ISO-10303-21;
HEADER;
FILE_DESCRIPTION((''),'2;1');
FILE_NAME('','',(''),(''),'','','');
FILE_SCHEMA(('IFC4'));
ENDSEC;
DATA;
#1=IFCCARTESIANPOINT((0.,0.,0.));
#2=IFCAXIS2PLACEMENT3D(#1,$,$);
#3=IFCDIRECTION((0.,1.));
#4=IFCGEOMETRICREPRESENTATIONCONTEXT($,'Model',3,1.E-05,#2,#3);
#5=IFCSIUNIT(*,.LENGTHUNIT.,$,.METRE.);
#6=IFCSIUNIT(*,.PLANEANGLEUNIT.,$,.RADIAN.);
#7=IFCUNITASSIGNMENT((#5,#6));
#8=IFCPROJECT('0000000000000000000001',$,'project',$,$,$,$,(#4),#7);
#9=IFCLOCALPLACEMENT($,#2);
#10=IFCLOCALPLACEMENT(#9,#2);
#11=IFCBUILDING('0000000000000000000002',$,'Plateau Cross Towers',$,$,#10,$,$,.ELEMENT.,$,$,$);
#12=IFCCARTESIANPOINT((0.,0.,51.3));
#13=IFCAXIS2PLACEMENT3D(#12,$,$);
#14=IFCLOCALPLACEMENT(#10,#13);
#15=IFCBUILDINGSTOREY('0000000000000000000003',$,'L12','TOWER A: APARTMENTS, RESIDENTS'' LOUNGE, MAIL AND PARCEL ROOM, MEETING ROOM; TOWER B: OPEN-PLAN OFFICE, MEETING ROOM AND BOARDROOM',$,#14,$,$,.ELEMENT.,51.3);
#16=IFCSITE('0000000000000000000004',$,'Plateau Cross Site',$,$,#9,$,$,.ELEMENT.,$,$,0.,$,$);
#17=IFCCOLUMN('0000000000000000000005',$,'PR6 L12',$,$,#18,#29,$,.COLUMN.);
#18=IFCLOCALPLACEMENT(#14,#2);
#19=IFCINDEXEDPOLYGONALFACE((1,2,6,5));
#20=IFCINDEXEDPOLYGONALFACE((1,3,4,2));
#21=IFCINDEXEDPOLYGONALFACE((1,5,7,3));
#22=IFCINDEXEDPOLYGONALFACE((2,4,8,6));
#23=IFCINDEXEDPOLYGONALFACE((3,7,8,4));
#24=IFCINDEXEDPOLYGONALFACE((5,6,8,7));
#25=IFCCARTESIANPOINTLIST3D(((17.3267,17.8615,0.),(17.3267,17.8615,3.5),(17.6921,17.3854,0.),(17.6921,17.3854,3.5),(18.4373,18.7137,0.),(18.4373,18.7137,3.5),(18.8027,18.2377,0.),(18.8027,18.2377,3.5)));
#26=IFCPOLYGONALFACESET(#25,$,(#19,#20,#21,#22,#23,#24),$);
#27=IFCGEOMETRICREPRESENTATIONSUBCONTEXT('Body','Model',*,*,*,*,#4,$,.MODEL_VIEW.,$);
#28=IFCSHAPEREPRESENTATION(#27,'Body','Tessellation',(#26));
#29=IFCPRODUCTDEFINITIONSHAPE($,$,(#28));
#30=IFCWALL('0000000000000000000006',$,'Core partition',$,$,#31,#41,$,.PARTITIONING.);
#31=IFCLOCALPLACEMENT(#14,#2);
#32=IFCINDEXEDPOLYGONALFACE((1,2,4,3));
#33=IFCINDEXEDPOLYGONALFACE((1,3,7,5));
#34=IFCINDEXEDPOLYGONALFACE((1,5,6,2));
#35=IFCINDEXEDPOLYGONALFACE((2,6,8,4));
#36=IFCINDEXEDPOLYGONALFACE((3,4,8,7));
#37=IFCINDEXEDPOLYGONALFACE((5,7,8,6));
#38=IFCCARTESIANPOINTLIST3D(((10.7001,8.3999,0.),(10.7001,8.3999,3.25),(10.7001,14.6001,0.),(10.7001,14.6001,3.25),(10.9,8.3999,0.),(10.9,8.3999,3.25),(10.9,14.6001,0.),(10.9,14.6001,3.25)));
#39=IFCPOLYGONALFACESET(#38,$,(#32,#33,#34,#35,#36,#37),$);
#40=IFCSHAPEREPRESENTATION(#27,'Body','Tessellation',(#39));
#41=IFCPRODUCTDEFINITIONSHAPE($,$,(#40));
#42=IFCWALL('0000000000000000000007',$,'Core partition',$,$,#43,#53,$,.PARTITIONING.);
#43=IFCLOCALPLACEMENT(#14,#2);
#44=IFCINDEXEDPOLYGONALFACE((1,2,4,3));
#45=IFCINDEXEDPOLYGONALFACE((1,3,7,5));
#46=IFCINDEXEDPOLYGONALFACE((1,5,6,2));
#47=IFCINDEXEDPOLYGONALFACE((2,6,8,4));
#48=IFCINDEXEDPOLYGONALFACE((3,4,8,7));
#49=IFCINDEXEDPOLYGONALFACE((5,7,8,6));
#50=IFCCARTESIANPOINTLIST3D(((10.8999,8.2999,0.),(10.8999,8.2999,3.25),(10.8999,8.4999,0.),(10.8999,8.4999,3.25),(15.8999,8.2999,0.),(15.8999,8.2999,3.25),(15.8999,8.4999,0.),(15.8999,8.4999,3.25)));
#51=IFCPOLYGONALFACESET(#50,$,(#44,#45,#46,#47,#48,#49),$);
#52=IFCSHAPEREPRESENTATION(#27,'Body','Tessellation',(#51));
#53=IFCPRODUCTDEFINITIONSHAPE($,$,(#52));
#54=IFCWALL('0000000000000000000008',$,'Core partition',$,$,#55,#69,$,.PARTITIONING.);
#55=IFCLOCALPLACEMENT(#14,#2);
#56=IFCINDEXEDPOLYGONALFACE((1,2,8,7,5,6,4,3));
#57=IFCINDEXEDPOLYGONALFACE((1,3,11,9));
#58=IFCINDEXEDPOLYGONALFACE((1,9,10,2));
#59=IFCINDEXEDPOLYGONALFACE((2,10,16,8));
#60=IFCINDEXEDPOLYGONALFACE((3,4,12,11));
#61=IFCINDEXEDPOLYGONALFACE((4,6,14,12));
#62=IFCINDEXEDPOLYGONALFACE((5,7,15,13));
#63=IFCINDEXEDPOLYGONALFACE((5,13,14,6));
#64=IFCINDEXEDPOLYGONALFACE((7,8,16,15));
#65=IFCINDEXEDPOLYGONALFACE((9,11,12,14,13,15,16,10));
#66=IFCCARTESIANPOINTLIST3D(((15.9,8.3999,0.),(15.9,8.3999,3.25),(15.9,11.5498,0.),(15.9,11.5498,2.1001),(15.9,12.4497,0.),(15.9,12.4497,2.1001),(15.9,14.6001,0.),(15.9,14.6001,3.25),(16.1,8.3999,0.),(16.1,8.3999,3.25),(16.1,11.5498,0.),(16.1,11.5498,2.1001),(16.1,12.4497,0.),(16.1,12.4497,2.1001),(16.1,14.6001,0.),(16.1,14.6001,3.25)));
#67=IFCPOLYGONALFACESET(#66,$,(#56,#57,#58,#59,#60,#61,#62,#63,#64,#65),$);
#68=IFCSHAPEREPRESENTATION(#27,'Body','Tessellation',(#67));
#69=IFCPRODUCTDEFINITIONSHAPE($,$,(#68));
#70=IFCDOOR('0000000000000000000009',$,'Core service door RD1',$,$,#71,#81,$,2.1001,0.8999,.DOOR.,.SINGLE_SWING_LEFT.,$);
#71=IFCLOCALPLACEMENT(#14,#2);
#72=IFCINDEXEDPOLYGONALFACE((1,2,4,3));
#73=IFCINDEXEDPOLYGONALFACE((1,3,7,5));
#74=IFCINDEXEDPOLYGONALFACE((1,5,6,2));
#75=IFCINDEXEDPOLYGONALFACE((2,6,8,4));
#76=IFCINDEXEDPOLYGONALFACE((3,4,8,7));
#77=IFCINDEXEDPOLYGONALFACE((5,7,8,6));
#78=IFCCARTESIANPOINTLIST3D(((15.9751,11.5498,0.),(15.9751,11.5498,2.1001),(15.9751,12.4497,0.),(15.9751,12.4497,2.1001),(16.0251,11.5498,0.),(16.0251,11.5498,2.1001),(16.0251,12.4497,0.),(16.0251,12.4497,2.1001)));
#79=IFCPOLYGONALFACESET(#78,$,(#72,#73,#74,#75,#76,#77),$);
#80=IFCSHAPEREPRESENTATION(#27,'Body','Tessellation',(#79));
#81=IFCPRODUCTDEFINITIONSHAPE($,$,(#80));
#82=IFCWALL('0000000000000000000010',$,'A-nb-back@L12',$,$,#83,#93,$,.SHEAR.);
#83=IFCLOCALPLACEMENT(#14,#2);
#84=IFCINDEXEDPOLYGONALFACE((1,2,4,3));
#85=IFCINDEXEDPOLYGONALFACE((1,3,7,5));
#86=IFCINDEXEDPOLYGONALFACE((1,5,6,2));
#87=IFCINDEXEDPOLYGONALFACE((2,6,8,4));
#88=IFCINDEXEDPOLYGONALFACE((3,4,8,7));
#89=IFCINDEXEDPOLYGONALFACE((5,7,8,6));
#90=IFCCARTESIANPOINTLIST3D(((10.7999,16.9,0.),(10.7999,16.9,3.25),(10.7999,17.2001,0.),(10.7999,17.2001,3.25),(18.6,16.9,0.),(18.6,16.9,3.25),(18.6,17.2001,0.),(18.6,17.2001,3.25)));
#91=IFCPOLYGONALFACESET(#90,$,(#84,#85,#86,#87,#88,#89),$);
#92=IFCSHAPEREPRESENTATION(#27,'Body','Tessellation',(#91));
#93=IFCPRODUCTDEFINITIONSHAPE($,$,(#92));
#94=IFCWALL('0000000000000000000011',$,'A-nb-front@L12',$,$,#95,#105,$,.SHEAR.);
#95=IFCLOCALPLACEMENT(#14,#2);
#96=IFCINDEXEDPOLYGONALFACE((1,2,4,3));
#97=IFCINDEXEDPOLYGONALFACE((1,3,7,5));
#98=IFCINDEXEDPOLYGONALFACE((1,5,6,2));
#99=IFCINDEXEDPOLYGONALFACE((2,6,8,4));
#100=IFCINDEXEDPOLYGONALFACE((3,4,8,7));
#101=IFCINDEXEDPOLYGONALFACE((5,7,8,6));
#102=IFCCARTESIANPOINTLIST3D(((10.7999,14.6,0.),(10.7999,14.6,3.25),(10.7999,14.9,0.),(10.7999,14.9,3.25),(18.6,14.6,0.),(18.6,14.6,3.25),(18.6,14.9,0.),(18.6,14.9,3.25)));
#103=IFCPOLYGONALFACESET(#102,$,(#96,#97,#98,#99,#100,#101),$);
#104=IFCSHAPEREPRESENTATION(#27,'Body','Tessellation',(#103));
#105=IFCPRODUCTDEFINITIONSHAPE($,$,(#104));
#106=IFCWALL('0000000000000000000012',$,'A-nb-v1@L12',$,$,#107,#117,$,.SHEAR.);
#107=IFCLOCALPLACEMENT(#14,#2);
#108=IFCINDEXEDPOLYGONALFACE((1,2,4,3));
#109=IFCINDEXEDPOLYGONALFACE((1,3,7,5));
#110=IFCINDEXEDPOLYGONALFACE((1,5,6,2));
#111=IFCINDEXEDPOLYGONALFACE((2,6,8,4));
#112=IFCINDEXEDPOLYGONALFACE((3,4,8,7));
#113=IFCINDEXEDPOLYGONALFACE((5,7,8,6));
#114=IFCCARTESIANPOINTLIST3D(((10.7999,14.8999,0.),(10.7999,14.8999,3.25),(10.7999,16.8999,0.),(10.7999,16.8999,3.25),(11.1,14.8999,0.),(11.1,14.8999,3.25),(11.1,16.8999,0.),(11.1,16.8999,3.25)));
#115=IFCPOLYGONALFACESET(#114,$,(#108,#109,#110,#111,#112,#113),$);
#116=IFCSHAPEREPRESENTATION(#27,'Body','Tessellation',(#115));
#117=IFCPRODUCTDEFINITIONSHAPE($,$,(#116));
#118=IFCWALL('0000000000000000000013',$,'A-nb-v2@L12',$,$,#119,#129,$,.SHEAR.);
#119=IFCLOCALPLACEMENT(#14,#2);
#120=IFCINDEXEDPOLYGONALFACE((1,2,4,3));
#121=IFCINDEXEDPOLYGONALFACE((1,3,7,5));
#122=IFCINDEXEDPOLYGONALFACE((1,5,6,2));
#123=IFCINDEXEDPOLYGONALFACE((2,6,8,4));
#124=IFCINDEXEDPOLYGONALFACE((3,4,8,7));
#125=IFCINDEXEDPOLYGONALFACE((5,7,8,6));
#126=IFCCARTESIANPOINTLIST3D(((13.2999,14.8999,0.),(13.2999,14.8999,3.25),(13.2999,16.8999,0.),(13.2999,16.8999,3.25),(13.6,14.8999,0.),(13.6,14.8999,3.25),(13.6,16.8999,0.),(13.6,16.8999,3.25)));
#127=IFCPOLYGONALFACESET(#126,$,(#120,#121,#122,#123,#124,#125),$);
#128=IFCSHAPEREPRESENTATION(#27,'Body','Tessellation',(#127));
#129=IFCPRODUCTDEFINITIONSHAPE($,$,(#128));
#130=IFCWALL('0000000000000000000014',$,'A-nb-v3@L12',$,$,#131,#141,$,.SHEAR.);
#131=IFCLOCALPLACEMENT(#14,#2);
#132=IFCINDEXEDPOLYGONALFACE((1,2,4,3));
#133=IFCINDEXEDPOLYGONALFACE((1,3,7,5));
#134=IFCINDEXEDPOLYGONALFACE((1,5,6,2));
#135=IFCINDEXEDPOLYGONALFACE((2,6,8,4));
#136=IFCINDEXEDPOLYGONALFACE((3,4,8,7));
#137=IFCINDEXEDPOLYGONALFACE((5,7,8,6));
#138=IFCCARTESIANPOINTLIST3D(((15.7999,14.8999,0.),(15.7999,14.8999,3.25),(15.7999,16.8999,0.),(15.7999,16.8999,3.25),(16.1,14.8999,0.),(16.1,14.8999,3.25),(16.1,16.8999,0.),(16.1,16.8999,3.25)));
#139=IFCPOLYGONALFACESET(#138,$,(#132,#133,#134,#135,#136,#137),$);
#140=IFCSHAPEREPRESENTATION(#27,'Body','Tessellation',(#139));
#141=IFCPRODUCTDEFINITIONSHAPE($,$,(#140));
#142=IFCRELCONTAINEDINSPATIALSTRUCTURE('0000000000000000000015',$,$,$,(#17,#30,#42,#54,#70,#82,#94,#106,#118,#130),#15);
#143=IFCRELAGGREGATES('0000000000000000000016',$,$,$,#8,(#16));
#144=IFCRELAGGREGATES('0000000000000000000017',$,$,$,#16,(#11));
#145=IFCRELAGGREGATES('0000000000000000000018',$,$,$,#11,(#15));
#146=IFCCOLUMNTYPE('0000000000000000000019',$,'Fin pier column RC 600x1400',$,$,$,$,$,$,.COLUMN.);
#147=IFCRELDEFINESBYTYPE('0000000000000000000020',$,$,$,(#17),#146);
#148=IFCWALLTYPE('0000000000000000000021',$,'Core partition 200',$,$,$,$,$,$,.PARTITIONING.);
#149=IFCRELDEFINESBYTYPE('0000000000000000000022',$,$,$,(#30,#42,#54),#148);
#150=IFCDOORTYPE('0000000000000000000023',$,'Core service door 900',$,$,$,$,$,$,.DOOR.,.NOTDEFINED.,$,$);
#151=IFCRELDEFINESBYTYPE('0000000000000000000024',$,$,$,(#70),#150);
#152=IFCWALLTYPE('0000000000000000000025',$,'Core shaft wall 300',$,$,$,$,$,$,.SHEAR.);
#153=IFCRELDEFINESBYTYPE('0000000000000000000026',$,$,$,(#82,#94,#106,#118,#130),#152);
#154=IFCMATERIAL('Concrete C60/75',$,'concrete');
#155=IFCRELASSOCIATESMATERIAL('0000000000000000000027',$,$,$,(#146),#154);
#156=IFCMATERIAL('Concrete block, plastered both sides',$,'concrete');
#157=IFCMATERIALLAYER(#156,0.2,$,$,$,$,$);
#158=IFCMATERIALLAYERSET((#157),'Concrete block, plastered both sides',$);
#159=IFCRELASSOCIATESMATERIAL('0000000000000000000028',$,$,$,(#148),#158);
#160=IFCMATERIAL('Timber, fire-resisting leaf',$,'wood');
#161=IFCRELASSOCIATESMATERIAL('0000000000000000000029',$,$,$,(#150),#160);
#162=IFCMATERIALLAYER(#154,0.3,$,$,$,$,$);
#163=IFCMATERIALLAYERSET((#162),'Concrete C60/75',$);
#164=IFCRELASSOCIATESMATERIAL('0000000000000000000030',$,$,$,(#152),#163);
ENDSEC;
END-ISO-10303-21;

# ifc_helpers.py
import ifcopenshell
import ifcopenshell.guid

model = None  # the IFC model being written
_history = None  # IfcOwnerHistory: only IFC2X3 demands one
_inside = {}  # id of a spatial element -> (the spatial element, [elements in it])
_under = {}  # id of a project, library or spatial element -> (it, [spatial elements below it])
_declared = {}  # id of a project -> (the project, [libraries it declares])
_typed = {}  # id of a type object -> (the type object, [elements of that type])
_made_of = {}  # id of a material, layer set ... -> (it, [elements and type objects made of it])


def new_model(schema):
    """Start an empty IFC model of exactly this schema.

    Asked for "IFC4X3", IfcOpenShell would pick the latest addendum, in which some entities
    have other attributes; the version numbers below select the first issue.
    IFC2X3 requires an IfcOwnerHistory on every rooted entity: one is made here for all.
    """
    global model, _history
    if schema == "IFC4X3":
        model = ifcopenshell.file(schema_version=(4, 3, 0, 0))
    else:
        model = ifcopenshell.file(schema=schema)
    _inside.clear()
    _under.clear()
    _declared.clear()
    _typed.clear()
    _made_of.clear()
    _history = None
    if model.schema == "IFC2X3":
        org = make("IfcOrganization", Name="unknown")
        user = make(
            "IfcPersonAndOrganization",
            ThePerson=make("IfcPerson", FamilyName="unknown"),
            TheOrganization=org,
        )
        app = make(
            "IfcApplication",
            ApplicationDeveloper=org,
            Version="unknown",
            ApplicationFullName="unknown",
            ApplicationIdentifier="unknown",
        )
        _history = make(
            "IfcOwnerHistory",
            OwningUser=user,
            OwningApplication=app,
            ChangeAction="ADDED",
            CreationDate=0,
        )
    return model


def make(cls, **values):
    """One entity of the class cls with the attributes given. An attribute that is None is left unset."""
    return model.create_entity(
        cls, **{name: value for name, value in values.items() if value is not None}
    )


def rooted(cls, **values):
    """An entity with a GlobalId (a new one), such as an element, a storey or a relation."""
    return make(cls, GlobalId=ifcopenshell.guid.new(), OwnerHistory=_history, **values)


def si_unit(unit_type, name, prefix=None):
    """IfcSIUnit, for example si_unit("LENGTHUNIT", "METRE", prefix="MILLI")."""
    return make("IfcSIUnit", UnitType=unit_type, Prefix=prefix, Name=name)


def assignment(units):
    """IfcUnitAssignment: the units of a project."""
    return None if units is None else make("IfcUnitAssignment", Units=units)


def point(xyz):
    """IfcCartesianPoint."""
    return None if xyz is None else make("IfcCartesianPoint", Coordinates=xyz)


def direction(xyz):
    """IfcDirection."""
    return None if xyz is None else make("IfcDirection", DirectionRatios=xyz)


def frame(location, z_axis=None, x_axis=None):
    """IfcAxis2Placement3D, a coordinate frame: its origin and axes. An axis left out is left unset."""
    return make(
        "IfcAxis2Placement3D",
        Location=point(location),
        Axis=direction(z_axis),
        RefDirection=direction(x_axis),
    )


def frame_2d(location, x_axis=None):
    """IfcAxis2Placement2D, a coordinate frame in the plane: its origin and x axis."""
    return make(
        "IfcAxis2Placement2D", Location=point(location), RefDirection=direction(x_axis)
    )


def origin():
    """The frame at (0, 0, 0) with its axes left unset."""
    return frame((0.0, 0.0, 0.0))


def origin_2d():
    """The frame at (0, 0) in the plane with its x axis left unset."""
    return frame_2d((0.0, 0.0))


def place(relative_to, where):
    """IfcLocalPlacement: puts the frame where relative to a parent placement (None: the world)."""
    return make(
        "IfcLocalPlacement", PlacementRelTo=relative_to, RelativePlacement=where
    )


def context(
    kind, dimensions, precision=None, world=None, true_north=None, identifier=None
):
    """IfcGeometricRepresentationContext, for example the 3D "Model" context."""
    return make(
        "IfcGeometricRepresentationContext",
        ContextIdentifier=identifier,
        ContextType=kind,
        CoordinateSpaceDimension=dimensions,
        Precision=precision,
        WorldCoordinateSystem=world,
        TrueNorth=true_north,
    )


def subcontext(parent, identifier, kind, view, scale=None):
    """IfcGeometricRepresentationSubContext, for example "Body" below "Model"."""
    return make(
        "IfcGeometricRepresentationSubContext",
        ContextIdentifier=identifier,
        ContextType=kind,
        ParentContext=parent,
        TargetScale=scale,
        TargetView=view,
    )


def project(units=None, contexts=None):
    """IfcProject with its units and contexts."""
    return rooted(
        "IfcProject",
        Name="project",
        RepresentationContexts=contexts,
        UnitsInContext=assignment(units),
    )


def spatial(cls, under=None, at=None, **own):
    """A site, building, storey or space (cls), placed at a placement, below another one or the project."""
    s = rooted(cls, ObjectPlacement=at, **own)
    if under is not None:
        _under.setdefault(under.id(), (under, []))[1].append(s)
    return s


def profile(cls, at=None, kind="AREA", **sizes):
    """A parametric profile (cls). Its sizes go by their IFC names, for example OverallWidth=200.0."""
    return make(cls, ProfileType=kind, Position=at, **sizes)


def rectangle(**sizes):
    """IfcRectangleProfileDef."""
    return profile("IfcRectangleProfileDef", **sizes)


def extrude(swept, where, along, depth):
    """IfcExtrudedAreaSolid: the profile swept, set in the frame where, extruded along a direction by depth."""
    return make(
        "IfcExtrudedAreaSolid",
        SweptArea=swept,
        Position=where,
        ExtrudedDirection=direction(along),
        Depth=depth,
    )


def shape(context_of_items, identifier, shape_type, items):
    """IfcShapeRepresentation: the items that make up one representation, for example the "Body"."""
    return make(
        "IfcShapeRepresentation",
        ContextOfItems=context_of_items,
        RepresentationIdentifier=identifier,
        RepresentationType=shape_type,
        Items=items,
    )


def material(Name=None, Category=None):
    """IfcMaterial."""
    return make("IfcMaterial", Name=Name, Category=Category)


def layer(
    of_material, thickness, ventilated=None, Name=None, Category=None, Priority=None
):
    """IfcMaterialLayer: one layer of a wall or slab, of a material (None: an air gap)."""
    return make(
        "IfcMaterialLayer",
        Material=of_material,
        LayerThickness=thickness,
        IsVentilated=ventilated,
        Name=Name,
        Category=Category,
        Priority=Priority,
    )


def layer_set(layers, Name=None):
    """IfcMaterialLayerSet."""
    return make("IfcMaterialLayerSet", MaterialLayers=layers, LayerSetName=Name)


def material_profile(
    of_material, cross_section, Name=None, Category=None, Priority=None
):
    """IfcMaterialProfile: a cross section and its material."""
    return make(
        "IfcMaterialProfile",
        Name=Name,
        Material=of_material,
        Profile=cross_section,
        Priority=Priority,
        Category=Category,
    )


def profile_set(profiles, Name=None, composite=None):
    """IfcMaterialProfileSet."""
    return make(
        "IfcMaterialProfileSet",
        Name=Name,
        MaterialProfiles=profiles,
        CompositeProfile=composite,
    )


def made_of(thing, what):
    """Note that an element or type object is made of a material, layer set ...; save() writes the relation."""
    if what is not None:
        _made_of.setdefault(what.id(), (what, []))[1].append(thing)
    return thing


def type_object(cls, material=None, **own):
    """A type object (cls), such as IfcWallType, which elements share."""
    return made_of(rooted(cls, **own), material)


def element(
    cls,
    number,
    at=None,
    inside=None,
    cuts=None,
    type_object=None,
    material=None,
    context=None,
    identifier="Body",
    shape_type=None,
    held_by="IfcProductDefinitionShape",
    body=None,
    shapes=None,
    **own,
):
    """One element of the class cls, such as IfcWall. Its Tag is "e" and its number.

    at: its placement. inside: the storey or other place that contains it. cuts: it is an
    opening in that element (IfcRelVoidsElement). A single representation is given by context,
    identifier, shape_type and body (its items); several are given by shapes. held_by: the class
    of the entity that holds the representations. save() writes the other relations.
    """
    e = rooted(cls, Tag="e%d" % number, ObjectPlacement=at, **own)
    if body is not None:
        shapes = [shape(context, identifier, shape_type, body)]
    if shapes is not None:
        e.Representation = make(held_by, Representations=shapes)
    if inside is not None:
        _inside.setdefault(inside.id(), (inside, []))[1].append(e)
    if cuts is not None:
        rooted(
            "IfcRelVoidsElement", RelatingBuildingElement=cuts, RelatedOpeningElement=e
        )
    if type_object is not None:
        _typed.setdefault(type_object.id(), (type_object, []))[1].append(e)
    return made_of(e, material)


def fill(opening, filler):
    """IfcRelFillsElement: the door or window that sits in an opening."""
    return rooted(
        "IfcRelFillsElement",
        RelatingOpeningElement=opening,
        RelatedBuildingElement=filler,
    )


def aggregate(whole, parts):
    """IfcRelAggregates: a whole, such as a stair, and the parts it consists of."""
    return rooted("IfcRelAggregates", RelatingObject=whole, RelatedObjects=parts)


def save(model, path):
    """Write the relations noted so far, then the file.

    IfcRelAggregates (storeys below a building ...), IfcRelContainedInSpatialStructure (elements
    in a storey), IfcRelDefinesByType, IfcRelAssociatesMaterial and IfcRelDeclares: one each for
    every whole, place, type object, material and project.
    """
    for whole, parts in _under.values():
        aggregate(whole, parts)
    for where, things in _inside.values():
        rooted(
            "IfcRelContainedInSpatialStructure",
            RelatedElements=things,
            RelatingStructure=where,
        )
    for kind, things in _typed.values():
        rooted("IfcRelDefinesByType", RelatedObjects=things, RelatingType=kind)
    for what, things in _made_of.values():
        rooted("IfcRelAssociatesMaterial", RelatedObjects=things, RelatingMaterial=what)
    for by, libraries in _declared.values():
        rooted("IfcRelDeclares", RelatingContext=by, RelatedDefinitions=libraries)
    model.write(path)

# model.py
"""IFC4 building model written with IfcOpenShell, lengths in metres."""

from ifc_helpers import new_model, si_unit, direction, frame, frame_2d, origin, origin_2d, place, context, subcontext, project, spatial, rectangle, extrude, material, layer, layer_set, material_profile, profile_set, type_object, element, fill, save


model = new_model("IFC4")

# Units and contexts
model_context = context("Model", 3, precision=1e-05, world=origin(), true_north=direction((0.0, 1.0)))
body_context = subcontext(model_context, "Body", "Model", "MODEL_VIEW")
ifc_project = project(units=[si_unit("LENGTHUNIT", "METRE"), si_unit("PLANEANGLEUNIT", "RADIAN")], contexts=[model_context])

# Site, building, storey
site_placement = place(None, origin())
site = spatial("IfcSite", under=ifc_project, at=site_placement, Name="Plateau Cross Site", CompositionType="ELEMENT", RefElevation=0.0)
building_placement = place(site_placement, origin())
building = spatial("IfcBuilding", under=site, at=building_placement, Name="Plateau Cross Towers", CompositionType="ELEMENT")
storey_placement = place(building_placement, frame((0.0, 0.0, 51.3)))
storey = spatial("IfcBuildingStorey", under=building, at=storey_placement, Name="L12", Description="TOWER A: APARTMENTS, RESIDENTS' LOUNGE, MAIL AND PARCEL ROOM, MEETING ROOM; TOWER B: OPEN-PLAN OFFICE, MEETING ROOM AND BOARDROOM", CompositionType="ELEMENT", Elevation=51.3)

# Column
ifc_material_1 = material(Name="Concrete C60/75", Category="concrete")
ifc_material_profile = material_profile(ifc_material_1, rectangle(XDim=0.6001, YDim=1.3999, at=origin_2d()), Name="RC 600x1400")
ifc_profile_set = profile_set([ifc_material_profile], Name="Concrete C60/75")
column_type = type_object("IfcColumnType", Name="Fin pier column RC 600x1400", PredefinedType="COLUMN", material=ifc_profile_set)
column_placement = place(storey_placement, frame((18.0647, 18.0496, 0.0), z_axis=(0.0, 0.0, 1.0), x_axis=(-0.608811, 0.793315, 0.0)))
element("IfcColumn", 1, at=column_placement, inside=storey, type_object=column_type, Name="PR6 L12", PredefinedType="COLUMN", context=body_context, shape_type="SweptSolid", body=[
    extrude(rectangle(XDim=0.6001, YDim=1.3999, at=origin_2d()), origin(), (0.0, 0.0, 1.0), 3.5),
])

# Walls
ifc_material_2 = material(Name="Concrete block, plastered both sides", Category="concrete")
ifc_layer_1 = layer(ifc_material_2, 0.2)
ifc_layer_set_1 = layer_set([ifc_layer_1], Name="Concrete block, plastered both sides")
wall_type_1 = type_object("IfcWallType", Name="Core partition 200", PredefinedType="PARTITIONING", material=ifc_layer_set_1)
wall_1_placement = place(storey_placement, frame((10.8, 8.3999, 0.0), z_axis=(0.0, 0.0, 1.0), x_axis=(0.0, 1.0, 0.0)))
element("IfcWall", 2, at=wall_1_placement, inside=storey, type_object=wall_type_1, Name="Core partition", PredefinedType="PARTITIONING", context=body_context, shape_type="SweptSolid", body=[
    extrude(rectangle(XDim=6.2002, YDim=0.2, at=frame_2d((3.1001, 0.0))), origin(), (0.0, 0.0, 1.0), 3.25),
])
wall_2_placement = place(storey_placement, frame((10.8999, 8.3999, 0.0), z_axis=(0.0, 0.0, 1.0), x_axis=(1.0, 0.0, 0.0)))
element("IfcWall", 3, at=wall_2_placement, inside=storey, type_object=wall_type_1, Name="Core partition", PredefinedType="PARTITIONING", context=body_context, shape_type="SweptSolid", body=[
    extrude(rectangle(XDim=5.0, YDim=0.2, at=frame_2d((2.5, 0.0))), origin(), (0.0, 0.0, 1.0), 3.25),
])

# Wall, opening, door
wall_3_placement = place(storey_placement, frame((16.0, 8.3999, 0.0), z_axis=(0.0, 0.0, 1.0), x_axis=(0.0, 1.0, 0.0)))
wall_3 = element("IfcWall", 4, at=wall_3_placement, inside=storey, type_object=wall_type_1, Name="Core partition", PredefinedType="PARTITIONING", context=body_context, shape_type="SweptSolid", body=[
    extrude(rectangle(XDim=6.2002, YDim=0.2, at=frame_2d((3.1001, 0.0))), origin(), (0.0, 0.0, 1.0), 3.25),
])
opening_1_placement = place(wall_3_placement, frame((3.1499, 0.0, 0.0)))
opening_1 = element("IfcOpeningElement", 5, at=opening_1_placement, cuts=wall_3, PredefinedType="OPENING", context=body_context, shape_type="SweptSolid", body=[
    extrude(rectangle(XDim=0.8999, YDim=2.1001, at=frame_2d((0.45, 1.05))), frame((0.0, 0.1099, 0.0), z_axis=(0.0, -1.0, 0.0), x_axis=(1.0, 0.0, 0.0)), (0.0, 0.0, 1.0), 0.22),
])
ifc_material_3 = material(Name="Timber, fire-resisting leaf", Category="wood")
door_type_1 = type_object("IfcDoorType", Name="Core service door 900", OperationType="NOTDEFINED", PredefinedType="DOOR", material=ifc_material_3)
door_1_placement = place(opening_1_placement, origin())
door_1 = element("IfcDoor", 6, at=door_1_placement, inside=storey, type_object=door_type_1, Name="Core service door RD1", OperationType="SINGLE_SWING_LEFT", OverallHeight=2.1001, OverallWidth=0.8999, PredefinedType="DOOR", context=body_context, shape_type="SweptSolid", body=[
    extrude(rectangle(XDim=0.8999, YDim=2.1001, at=frame_2d((0.45, 1.05))), frame((0.0, 0.0249, 0.0), z_axis=(0.0, -1.0, 0.0), x_axis=(1.0, 0.0, 0.0)), (0.0, 0.0, 1.0), 0.05),
])
fill(opening_1, door_1)

# Walls
ifc_layer_2 = layer(ifc_material_1, 0.3)
ifc_layer_set_2 = layer_set([ifc_layer_2], Name="Concrete C60/75")
wall_type_2 = type_object("IfcWallType", Name="Core shaft wall 300", PredefinedType="SHEAR", material=ifc_layer_set_2)
for number, where, z_axis, x_axis, name in (
    (7, (10.8, 17.05, 0.0), (0.0, 0.0, 1.0), (1.0, 0.0, 0.0), "A-nb-back@L12"),
    (8, (10.8, 14.75, 0.0), (0.0, 0.0, 1.0), (1.0, 0.0, 0.0), "A-nb-front@L12"),
):
    element("IfcWall", number, at=place(storey_placement, frame(where, z_axis=z_axis, x_axis=x_axis)), inside=storey, type_object=wall_type_2, Name=name, PredefinedType="SHEAR", context=body_context, shape_type="SweptSolid", body=[
        extrude(rectangle(XDim=7.8, YDim=0.3, at=frame_2d((3.8999, 0.0))), origin(), (0.0, 0.0, 1.0), 3.25),
    ])
for number, where, z_axis, x_axis, name in (
    (9, (10.95, 14.8999, 0.0), (0.0, 0.0, 1.0), (0.0, 1.0, 0.0), "A-nb-v1@L12"),
    (10, (13.45, 14.8999, 0.0), (0.0, 0.0, 1.0), (0.0, 1.0, 0.0), "A-nb-v2@L12"),
    (11, (15.95, 14.8999, 0.0), (0.0, 0.0, 1.0), (0.0, 1.0, 0.0), "A-nb-v3@L12"),
):
    element("IfcWall", number, at=place(storey_placement, frame(where, z_axis=z_axis, x_axis=x_axis)), inside=storey, type_object=wall_type_2, Name=name, PredefinedType="SHEAR", context=body_context, shape_type="SweptSolid", body=[
        extrude(rectangle(XDim=2.0, YDim=0.3, at=frame_2d((1.0, 0.0))), origin(), (0.0, 0.0, 1.0), 3.25),
    ])

save(model, "model.ifc")
